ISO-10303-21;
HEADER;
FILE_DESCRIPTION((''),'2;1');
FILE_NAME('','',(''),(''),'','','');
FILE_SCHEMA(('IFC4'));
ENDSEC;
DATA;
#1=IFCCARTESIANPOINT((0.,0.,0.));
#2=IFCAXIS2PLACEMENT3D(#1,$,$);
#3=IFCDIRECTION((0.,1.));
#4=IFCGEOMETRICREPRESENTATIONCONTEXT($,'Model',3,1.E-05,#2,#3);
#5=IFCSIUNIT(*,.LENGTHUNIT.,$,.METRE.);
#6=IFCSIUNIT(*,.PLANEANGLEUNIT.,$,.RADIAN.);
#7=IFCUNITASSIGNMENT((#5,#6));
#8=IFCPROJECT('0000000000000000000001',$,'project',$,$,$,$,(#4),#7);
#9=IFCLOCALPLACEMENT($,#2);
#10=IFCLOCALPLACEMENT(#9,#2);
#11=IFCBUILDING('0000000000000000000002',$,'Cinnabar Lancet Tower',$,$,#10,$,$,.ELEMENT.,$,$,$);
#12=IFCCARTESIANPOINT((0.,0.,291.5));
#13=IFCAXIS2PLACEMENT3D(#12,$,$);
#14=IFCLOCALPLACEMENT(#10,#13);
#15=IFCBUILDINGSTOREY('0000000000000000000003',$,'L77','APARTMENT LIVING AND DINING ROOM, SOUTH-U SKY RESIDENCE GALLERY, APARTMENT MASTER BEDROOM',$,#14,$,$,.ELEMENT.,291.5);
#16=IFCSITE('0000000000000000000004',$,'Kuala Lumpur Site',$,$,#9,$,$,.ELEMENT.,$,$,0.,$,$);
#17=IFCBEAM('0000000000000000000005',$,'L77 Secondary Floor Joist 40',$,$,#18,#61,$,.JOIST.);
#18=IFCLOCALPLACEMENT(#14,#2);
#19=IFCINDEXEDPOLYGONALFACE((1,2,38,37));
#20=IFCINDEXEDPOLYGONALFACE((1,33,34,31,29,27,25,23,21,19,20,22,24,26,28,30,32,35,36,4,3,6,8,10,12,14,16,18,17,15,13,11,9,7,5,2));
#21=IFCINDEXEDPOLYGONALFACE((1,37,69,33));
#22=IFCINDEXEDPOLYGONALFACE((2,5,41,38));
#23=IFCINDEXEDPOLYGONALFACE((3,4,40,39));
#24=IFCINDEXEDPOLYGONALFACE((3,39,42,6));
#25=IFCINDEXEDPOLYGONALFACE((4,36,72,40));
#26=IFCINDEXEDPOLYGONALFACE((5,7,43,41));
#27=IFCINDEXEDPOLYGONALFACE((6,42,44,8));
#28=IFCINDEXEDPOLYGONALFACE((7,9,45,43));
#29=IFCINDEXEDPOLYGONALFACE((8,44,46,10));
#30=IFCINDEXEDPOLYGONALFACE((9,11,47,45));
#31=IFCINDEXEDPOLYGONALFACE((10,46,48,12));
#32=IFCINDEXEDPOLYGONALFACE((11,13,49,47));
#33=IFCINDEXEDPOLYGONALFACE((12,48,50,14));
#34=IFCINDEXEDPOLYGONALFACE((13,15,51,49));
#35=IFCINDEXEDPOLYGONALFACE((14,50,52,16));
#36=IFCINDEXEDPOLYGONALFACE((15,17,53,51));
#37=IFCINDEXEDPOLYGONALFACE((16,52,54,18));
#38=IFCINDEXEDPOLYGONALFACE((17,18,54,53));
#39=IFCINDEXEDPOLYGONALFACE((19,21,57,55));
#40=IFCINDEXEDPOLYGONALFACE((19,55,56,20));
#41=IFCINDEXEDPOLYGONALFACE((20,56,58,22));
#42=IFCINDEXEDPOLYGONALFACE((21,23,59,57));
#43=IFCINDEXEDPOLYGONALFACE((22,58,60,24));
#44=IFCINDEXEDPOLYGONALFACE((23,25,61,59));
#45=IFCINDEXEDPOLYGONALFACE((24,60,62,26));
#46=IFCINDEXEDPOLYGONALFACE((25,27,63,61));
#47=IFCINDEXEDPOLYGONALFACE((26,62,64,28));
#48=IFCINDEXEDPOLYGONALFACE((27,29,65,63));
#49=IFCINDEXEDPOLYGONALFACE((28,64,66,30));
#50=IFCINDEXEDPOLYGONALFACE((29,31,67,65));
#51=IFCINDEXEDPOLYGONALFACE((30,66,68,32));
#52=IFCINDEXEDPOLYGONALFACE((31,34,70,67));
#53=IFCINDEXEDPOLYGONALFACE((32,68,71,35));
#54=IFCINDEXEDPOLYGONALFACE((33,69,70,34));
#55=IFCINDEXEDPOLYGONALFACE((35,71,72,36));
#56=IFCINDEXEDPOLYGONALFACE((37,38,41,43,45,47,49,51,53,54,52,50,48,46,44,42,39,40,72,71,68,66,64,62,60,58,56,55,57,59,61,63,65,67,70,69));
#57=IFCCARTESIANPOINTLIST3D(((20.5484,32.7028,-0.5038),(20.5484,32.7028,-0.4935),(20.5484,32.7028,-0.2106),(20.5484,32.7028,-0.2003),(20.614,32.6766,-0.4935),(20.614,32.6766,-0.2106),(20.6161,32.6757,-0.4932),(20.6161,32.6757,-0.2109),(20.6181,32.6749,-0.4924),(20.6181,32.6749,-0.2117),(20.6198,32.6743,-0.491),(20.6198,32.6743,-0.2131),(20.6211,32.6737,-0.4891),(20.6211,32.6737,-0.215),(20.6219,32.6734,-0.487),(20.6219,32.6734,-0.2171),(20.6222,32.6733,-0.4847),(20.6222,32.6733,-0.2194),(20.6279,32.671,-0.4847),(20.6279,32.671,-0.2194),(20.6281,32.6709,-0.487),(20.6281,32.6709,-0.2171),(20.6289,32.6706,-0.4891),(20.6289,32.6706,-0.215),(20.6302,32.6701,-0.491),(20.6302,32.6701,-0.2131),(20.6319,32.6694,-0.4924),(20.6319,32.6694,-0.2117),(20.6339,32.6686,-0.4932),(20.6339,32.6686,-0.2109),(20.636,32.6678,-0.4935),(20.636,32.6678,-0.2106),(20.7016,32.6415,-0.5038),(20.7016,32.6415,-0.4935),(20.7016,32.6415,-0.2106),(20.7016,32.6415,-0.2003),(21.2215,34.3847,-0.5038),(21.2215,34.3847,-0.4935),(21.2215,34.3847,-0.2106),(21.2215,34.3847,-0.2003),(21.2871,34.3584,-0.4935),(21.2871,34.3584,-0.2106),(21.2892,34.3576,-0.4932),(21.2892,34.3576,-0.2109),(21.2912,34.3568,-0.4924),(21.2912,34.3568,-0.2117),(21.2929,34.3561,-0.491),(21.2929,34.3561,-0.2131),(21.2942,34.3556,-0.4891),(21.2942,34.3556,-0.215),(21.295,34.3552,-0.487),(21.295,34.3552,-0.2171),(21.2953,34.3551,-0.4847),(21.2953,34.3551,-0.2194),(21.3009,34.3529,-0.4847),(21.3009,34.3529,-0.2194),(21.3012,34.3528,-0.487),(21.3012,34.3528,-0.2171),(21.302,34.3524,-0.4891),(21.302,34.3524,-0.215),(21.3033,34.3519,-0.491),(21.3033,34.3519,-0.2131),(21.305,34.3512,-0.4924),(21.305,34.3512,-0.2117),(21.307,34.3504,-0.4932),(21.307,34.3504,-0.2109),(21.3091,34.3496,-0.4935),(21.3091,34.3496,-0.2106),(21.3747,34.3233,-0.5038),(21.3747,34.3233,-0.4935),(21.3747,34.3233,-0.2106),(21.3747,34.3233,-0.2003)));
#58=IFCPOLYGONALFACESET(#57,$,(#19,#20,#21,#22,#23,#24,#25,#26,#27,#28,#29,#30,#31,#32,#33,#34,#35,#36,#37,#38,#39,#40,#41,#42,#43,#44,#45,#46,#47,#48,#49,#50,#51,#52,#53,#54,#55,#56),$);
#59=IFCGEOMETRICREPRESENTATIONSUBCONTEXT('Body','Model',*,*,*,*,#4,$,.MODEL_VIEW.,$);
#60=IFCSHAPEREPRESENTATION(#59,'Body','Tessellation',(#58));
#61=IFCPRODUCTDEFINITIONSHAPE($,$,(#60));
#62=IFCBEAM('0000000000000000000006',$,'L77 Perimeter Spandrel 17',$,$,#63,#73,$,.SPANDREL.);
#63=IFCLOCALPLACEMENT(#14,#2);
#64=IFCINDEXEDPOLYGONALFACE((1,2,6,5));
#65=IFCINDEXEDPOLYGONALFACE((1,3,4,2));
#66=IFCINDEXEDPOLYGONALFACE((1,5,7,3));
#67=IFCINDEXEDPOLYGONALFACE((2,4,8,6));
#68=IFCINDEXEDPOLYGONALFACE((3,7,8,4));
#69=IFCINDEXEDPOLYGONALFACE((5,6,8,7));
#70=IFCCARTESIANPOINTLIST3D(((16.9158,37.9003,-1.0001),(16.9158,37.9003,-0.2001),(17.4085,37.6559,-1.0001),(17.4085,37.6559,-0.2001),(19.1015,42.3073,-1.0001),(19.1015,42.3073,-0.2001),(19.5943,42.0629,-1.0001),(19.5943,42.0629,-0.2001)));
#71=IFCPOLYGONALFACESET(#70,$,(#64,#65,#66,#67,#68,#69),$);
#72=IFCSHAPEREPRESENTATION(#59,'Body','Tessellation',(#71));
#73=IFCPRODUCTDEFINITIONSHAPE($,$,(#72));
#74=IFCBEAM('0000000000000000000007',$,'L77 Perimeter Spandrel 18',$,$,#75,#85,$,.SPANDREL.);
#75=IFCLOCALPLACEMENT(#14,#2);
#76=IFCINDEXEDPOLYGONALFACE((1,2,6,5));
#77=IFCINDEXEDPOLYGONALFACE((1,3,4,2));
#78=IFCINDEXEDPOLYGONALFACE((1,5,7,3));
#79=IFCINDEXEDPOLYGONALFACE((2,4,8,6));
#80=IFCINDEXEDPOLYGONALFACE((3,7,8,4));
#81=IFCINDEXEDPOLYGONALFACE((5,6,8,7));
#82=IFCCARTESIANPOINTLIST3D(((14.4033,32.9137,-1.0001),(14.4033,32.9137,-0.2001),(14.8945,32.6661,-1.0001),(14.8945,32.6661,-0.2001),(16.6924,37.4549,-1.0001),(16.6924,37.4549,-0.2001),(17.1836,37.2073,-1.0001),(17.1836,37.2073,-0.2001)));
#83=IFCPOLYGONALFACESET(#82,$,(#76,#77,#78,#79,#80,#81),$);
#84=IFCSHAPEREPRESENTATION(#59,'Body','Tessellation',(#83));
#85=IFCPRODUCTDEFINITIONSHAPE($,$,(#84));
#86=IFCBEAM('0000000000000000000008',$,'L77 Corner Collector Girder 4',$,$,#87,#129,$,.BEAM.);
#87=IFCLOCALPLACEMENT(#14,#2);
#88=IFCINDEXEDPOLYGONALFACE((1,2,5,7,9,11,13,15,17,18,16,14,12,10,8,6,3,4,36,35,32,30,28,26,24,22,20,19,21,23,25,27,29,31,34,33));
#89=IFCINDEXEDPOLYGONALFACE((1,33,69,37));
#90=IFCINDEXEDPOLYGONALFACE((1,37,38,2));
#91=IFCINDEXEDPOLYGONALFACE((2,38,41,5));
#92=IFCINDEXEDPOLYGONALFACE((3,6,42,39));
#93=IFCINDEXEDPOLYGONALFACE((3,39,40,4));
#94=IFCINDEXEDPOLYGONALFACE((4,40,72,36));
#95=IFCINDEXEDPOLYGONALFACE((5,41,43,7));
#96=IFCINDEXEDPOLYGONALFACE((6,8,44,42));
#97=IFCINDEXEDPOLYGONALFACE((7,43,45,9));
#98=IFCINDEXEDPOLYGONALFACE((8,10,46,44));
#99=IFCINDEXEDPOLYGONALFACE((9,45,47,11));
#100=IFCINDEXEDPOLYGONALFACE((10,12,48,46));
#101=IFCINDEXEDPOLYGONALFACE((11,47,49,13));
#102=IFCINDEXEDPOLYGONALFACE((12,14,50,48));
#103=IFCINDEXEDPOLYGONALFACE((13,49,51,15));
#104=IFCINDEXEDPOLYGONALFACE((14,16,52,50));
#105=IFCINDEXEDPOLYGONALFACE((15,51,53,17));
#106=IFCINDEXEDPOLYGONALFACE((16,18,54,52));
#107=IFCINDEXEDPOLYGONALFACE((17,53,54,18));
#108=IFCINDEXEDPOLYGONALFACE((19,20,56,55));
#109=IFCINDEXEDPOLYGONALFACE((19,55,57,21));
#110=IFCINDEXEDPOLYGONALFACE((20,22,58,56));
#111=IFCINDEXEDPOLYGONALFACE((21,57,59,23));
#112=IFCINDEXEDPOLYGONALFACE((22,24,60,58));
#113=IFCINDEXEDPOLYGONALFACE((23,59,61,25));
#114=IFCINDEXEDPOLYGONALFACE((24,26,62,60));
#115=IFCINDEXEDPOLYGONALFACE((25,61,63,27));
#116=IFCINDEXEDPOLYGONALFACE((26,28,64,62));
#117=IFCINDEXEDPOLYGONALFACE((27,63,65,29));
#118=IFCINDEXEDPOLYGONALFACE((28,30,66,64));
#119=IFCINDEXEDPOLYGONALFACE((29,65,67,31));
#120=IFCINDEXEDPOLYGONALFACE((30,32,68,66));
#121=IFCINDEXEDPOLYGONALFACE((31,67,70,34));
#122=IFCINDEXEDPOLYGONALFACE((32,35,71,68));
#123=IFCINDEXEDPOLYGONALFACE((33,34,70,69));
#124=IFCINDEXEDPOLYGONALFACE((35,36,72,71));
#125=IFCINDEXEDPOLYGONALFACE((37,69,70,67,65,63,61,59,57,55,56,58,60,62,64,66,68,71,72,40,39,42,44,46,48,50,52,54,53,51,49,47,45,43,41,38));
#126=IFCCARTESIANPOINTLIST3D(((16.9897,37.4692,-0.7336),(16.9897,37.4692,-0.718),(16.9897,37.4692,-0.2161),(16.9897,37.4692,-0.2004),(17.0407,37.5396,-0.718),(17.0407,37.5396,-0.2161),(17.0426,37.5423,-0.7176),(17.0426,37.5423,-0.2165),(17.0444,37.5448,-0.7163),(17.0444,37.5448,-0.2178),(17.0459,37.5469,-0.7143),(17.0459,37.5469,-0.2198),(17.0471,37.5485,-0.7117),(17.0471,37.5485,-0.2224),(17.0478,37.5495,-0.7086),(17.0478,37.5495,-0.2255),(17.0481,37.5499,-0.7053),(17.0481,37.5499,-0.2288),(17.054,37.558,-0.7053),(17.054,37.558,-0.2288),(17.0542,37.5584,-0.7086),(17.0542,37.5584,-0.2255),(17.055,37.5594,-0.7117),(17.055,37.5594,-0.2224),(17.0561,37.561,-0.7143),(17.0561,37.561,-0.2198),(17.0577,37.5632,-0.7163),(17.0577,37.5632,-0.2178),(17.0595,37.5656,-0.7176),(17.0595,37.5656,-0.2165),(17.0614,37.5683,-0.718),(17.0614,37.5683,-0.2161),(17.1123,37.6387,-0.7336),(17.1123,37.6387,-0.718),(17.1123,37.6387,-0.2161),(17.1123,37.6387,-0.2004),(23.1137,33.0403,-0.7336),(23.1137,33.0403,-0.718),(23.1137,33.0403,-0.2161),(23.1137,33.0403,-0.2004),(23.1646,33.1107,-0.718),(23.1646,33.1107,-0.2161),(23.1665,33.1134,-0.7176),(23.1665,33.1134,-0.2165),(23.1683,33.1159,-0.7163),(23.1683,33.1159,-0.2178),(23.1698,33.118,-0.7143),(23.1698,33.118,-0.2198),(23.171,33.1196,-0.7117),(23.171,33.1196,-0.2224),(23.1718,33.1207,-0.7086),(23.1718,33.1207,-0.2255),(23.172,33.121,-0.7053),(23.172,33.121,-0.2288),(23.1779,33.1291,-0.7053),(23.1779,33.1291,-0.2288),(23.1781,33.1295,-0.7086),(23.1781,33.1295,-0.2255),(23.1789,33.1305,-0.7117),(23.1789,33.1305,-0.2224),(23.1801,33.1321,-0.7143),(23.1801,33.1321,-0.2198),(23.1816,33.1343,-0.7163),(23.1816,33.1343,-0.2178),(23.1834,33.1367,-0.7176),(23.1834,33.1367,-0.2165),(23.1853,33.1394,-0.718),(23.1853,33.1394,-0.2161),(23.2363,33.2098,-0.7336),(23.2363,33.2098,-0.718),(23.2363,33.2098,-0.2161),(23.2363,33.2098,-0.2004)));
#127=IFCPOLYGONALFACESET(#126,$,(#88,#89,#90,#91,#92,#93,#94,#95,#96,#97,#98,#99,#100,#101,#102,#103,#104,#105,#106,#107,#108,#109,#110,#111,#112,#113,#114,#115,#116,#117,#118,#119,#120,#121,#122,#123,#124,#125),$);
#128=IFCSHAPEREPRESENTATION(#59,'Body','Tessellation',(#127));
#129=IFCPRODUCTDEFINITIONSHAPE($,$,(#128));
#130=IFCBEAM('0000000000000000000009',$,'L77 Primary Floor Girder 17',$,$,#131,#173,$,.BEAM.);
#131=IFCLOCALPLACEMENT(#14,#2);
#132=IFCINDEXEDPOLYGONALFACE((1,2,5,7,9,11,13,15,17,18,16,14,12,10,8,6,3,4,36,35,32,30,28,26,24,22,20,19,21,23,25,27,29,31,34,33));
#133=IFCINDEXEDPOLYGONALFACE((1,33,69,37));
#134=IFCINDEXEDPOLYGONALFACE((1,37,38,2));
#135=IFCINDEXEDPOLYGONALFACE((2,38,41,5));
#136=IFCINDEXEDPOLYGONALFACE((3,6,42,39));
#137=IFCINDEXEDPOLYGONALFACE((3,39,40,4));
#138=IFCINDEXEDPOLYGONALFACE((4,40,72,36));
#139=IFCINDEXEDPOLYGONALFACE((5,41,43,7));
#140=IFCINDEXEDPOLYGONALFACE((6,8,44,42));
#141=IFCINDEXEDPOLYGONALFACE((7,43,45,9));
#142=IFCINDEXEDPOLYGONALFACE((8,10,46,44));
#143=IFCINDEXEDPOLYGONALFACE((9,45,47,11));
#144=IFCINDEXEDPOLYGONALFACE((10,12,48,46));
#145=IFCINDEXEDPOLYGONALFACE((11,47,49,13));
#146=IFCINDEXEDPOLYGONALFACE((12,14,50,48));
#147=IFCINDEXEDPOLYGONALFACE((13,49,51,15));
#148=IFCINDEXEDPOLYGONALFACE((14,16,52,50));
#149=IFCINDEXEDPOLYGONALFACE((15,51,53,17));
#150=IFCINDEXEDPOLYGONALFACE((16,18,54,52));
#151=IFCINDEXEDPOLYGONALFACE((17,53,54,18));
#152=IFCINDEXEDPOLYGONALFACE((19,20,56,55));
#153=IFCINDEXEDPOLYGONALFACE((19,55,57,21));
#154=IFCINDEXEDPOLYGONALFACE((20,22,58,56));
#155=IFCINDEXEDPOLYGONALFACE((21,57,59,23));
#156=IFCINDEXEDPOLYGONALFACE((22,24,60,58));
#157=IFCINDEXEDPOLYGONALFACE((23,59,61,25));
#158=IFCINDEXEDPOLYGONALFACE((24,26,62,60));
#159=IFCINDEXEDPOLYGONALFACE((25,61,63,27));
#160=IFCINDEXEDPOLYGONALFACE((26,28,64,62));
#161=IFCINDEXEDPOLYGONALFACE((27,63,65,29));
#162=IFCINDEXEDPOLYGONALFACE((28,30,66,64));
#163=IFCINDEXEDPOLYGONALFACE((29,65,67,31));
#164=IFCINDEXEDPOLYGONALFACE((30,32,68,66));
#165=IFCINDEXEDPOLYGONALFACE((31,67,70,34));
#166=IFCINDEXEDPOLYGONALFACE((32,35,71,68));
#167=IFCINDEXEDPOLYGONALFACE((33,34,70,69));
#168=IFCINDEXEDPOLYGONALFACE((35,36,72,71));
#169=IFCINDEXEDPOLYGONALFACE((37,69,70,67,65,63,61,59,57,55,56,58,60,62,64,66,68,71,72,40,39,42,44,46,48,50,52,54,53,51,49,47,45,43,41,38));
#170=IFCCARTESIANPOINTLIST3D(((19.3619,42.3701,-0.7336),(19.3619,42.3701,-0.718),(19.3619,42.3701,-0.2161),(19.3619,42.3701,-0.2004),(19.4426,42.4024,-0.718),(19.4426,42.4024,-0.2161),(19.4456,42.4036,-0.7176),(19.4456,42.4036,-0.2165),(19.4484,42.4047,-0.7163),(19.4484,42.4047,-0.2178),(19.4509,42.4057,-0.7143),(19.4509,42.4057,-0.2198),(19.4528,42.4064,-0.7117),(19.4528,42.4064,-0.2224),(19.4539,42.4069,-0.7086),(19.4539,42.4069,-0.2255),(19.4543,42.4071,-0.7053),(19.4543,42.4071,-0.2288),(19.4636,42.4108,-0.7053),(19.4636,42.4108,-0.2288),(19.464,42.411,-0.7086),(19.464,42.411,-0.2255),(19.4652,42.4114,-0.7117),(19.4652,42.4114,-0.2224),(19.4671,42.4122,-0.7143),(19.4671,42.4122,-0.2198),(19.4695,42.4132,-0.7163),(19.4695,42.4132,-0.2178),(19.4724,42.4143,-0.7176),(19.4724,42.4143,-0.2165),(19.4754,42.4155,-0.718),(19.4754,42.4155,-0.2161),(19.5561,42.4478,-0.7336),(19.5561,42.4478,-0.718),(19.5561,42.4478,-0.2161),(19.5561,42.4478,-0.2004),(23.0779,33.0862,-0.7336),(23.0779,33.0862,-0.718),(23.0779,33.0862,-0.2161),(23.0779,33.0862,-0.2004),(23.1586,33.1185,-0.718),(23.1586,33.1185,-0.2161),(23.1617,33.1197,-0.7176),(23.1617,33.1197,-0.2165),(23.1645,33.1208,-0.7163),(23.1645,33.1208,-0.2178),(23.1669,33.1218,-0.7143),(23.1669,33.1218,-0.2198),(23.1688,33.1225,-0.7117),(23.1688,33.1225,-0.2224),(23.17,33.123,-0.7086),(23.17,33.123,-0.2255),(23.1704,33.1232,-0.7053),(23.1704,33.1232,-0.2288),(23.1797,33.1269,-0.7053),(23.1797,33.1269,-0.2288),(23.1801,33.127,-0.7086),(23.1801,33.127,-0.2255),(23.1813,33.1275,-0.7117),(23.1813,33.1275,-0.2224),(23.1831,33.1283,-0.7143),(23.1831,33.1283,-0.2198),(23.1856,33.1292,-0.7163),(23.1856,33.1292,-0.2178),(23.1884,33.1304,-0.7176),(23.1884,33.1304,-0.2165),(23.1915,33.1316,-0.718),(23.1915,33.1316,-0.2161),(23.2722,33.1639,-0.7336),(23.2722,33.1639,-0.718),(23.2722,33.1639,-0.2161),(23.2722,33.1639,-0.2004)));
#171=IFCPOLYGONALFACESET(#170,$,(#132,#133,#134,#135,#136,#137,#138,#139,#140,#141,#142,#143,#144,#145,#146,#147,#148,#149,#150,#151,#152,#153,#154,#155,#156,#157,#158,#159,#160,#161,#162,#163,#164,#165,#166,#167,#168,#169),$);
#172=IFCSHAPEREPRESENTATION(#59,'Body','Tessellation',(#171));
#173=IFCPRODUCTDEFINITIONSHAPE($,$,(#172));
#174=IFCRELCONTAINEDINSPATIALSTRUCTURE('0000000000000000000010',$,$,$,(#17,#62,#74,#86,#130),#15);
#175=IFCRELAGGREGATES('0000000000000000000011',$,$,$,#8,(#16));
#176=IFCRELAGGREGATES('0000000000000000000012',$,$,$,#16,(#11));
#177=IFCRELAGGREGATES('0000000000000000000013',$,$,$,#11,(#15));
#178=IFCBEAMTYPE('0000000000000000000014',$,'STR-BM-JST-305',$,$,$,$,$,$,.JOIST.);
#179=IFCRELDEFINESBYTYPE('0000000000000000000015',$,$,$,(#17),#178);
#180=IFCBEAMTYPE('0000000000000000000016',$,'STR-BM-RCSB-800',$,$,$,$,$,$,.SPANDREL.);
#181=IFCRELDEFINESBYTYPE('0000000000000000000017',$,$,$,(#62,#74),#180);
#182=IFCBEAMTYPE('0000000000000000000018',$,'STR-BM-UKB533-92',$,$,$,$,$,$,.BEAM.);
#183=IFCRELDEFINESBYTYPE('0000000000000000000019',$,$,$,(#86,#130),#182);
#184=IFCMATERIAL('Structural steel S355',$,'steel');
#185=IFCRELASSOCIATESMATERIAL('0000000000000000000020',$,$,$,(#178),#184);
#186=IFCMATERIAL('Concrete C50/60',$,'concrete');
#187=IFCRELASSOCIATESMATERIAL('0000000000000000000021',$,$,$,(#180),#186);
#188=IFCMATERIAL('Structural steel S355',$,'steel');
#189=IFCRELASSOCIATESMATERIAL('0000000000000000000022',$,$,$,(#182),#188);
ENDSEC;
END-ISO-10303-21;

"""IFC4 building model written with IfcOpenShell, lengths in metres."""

from ifc_helpers import new_model, si_unit, direction, frame, origin, origin_2d, place, context, subcontext, project, spatial, rectangle, i_section, extrude, material, material_profile, profile_set, type_object, element, save


model = new_model("IFC4")

# Units and contexts
model_context = context("Model", 3, precision=1e-05, world=origin(), true_north=direction((0.0, 1.0)))
body_context = subcontext(model_context, "Body", "Model", "MODEL_VIEW")
ifc_project = project(units=[si_unit("LENGTHUNIT", "METRE"), si_unit("PLANEANGLEUNIT", "RADIAN")], contexts=[model_context])

# Site, building, storey
site_placement = place(None, origin())
site = spatial("IfcSite", under=ifc_project, at=site_placement, Name="Kuala Lumpur Site", CompositionType="ELEMENT", RefElevation=0.0)
building_placement = place(site_placement, origin())
building = spatial("IfcBuilding", under=site, at=building_placement, Name="Cinnabar Lancet Tower", CompositionType="ELEMENT")
storey_placement = place(building_placement, frame((0.0, 0.0, 291.5)))
storey = spatial("IfcBuildingStorey", under=building, at=storey_placement, Name="L77", Description="APARTMENT LIVING AND DINING ROOM, SOUTH-U SKY RESIDENCE GALLERY, APARTMENT MASTER BEDROOM", CompositionType="ELEMENT", Elevation=291.5)

# Beams
ifc_material_1 = material(Name="Structural steel S355", Category="steel")
ifc_material_profile_1 = material_profile(ifc_material_1, i_section(OverallWidth=0.165, OverallDepth=0.3035, WebThickness=0.0061, FlangeThickness=0.0103, FilletRadius=0.0088, at=origin_2d()), Name="UKB 305x165x40")
ifc_profile_set_1 = profile_set([ifc_material_profile_1], Name="Structural steel S355")
beam_type_1 = type_object("IfcBeamType", Name="STR-BM-JST-305", PredefinedType="JOIST", material=ifc_profile_set_1)
beam_1_placement = place(storey_placement, frame((21.2981, 34.354, -0.3521), z_axis=(-0.371553, -0.928412, 0.0), x_axis=(0.928412, -0.371553, 0.0)))
element("IfcBeam", 1, at=beam_1_placement, inside=storey, type_object=beam_type_1, Name="L77 Secondary Floor Joist 40", PredefinedType="JOIST", context=body_context, shape_type="SweptSolid", body=[
    extrude(i_section(OverallWidth=0.165, OverallDepth=0.3035, WebThickness=0.0061, FlangeThickness=0.0103, FilletRadius=0.0088, at=origin_2d()), origin(), (0.0, 0.0, 1.0), 1.8115),
])
ifc_material_2 = material(Name="Concrete C50/60", Category="concrete")
ifc_material_profile_2 = material_profile(ifc_material_2, rectangle(XDim=0.55, YDim=0.8, at=origin_2d()), Name="RC-SB 550x800")
ifc_profile_set_2 = profile_set([ifc_material_profile_2], Name="Concrete C50/60")
beam_type_2 = type_object("IfcBeamType", Name="STR-BM-RCSB-800", PredefinedType="SPANDREL", material=ifc_profile_set_2)
beam_2_placement = place(storey_placement, frame((19.3479, 42.1851, -0.6001), z_axis=(-0.444333, -0.895862, 0.0), x_axis=(0.895862, -0.444333, 0.0)))
element("IfcBeam", 2, at=beam_2_placement, inside=storey, type_object=beam_type_2, Name="L77 Perimeter Spandrel 17", PredefinedType="SPANDREL", context=body_context, shape_type="SweptSolid", body=[
    extrude(rectangle(XDim=0.55, YDim=0.8, at=origin_2d()), origin(), (0.0, 0.0, 1.0), 4.9192),
])
beam_3_placement = place(storey_placement, frame((16.938, 37.3311, -0.6001), z_axis=(-0.45013, -0.892963, 0.0), x_axis=(0.892963, -0.45013, 0.0)))
element("IfcBeam", 3, at=beam_3_placement, inside=storey, type_object=beam_type_2, Name="L77 Perimeter Spandrel 18", PredefinedType="SPANDREL", context=body_context, shape_type="SweptSolid", body=[
    extrude(rectangle(XDim=0.55, YDim=0.8, at=origin_2d()), origin(), (0.0, 0.0, 1.0), 5.0854),
])
ifc_material_3 = material(Name="Structural steel S355", Category="steel")
ifc_material_profile_3 = material_profile(ifc_material_3, i_section(OverallWidth=0.2092, OverallDepth=0.5332, WebThickness=0.01, FlangeThickness=0.0156, FilletRadius=0.0127, at=origin_2d()), Name="UKB 533x210x92")
ifc_profile_set_3 = profile_set([ifc_material_profile_3], Name="Structural steel S355")
beam_type_3 = type_object("IfcBeamType", Name="STR-BM-UKB533-92", PredefinedType="BEAM", material=ifc_profile_set_3)
beam_4_placement = place(storey_placement, frame((17.051, 37.554, -0.467), z_axis=(0.810299, -0.586016, 0.0), x_axis=(0.586016, 0.810299, 0.0)))
element("IfcBeam", 4, at=beam_4_placement, inside=storey, type_object=beam_type_3, Name="L77 Corner Collector Girder 4", PredefinedType="BEAM", context=body_context, shape_type="SweptSolid", body=[
    extrude(i_section(OverallWidth=0.2092, OverallDepth=0.5332, WebThickness=0.01, FlangeThickness=0.0156, FilletRadius=0.0127, at=origin_2d()), origin(), (0.0, 0.0, 1.0), 7.5576),
])
beam_5_placement = place(storey_placement, frame((19.459, 42.4089, -0.467), z_axis=(0.371605, -0.928391, 0.0), x_axis=(0.928391, 0.371605, 0.0)))
element("IfcBeam", 5, at=beam_5_placement, inside=storey, type_object=beam_type_3, Name="L77 Primary Floor Girder 17", PredefinedType="BEAM", context=body_context, shape_type="SweptSolid", body=[
    extrude(i_section(OverallWidth=0.2092, OverallDepth=0.5332, WebThickness=0.01, FlangeThickness=0.0156, FilletRadius=0.0127, at=origin_2d()), origin(), (0.0, 0.0, 1.0), 10.0),
])

save(model, "model.ifc")
